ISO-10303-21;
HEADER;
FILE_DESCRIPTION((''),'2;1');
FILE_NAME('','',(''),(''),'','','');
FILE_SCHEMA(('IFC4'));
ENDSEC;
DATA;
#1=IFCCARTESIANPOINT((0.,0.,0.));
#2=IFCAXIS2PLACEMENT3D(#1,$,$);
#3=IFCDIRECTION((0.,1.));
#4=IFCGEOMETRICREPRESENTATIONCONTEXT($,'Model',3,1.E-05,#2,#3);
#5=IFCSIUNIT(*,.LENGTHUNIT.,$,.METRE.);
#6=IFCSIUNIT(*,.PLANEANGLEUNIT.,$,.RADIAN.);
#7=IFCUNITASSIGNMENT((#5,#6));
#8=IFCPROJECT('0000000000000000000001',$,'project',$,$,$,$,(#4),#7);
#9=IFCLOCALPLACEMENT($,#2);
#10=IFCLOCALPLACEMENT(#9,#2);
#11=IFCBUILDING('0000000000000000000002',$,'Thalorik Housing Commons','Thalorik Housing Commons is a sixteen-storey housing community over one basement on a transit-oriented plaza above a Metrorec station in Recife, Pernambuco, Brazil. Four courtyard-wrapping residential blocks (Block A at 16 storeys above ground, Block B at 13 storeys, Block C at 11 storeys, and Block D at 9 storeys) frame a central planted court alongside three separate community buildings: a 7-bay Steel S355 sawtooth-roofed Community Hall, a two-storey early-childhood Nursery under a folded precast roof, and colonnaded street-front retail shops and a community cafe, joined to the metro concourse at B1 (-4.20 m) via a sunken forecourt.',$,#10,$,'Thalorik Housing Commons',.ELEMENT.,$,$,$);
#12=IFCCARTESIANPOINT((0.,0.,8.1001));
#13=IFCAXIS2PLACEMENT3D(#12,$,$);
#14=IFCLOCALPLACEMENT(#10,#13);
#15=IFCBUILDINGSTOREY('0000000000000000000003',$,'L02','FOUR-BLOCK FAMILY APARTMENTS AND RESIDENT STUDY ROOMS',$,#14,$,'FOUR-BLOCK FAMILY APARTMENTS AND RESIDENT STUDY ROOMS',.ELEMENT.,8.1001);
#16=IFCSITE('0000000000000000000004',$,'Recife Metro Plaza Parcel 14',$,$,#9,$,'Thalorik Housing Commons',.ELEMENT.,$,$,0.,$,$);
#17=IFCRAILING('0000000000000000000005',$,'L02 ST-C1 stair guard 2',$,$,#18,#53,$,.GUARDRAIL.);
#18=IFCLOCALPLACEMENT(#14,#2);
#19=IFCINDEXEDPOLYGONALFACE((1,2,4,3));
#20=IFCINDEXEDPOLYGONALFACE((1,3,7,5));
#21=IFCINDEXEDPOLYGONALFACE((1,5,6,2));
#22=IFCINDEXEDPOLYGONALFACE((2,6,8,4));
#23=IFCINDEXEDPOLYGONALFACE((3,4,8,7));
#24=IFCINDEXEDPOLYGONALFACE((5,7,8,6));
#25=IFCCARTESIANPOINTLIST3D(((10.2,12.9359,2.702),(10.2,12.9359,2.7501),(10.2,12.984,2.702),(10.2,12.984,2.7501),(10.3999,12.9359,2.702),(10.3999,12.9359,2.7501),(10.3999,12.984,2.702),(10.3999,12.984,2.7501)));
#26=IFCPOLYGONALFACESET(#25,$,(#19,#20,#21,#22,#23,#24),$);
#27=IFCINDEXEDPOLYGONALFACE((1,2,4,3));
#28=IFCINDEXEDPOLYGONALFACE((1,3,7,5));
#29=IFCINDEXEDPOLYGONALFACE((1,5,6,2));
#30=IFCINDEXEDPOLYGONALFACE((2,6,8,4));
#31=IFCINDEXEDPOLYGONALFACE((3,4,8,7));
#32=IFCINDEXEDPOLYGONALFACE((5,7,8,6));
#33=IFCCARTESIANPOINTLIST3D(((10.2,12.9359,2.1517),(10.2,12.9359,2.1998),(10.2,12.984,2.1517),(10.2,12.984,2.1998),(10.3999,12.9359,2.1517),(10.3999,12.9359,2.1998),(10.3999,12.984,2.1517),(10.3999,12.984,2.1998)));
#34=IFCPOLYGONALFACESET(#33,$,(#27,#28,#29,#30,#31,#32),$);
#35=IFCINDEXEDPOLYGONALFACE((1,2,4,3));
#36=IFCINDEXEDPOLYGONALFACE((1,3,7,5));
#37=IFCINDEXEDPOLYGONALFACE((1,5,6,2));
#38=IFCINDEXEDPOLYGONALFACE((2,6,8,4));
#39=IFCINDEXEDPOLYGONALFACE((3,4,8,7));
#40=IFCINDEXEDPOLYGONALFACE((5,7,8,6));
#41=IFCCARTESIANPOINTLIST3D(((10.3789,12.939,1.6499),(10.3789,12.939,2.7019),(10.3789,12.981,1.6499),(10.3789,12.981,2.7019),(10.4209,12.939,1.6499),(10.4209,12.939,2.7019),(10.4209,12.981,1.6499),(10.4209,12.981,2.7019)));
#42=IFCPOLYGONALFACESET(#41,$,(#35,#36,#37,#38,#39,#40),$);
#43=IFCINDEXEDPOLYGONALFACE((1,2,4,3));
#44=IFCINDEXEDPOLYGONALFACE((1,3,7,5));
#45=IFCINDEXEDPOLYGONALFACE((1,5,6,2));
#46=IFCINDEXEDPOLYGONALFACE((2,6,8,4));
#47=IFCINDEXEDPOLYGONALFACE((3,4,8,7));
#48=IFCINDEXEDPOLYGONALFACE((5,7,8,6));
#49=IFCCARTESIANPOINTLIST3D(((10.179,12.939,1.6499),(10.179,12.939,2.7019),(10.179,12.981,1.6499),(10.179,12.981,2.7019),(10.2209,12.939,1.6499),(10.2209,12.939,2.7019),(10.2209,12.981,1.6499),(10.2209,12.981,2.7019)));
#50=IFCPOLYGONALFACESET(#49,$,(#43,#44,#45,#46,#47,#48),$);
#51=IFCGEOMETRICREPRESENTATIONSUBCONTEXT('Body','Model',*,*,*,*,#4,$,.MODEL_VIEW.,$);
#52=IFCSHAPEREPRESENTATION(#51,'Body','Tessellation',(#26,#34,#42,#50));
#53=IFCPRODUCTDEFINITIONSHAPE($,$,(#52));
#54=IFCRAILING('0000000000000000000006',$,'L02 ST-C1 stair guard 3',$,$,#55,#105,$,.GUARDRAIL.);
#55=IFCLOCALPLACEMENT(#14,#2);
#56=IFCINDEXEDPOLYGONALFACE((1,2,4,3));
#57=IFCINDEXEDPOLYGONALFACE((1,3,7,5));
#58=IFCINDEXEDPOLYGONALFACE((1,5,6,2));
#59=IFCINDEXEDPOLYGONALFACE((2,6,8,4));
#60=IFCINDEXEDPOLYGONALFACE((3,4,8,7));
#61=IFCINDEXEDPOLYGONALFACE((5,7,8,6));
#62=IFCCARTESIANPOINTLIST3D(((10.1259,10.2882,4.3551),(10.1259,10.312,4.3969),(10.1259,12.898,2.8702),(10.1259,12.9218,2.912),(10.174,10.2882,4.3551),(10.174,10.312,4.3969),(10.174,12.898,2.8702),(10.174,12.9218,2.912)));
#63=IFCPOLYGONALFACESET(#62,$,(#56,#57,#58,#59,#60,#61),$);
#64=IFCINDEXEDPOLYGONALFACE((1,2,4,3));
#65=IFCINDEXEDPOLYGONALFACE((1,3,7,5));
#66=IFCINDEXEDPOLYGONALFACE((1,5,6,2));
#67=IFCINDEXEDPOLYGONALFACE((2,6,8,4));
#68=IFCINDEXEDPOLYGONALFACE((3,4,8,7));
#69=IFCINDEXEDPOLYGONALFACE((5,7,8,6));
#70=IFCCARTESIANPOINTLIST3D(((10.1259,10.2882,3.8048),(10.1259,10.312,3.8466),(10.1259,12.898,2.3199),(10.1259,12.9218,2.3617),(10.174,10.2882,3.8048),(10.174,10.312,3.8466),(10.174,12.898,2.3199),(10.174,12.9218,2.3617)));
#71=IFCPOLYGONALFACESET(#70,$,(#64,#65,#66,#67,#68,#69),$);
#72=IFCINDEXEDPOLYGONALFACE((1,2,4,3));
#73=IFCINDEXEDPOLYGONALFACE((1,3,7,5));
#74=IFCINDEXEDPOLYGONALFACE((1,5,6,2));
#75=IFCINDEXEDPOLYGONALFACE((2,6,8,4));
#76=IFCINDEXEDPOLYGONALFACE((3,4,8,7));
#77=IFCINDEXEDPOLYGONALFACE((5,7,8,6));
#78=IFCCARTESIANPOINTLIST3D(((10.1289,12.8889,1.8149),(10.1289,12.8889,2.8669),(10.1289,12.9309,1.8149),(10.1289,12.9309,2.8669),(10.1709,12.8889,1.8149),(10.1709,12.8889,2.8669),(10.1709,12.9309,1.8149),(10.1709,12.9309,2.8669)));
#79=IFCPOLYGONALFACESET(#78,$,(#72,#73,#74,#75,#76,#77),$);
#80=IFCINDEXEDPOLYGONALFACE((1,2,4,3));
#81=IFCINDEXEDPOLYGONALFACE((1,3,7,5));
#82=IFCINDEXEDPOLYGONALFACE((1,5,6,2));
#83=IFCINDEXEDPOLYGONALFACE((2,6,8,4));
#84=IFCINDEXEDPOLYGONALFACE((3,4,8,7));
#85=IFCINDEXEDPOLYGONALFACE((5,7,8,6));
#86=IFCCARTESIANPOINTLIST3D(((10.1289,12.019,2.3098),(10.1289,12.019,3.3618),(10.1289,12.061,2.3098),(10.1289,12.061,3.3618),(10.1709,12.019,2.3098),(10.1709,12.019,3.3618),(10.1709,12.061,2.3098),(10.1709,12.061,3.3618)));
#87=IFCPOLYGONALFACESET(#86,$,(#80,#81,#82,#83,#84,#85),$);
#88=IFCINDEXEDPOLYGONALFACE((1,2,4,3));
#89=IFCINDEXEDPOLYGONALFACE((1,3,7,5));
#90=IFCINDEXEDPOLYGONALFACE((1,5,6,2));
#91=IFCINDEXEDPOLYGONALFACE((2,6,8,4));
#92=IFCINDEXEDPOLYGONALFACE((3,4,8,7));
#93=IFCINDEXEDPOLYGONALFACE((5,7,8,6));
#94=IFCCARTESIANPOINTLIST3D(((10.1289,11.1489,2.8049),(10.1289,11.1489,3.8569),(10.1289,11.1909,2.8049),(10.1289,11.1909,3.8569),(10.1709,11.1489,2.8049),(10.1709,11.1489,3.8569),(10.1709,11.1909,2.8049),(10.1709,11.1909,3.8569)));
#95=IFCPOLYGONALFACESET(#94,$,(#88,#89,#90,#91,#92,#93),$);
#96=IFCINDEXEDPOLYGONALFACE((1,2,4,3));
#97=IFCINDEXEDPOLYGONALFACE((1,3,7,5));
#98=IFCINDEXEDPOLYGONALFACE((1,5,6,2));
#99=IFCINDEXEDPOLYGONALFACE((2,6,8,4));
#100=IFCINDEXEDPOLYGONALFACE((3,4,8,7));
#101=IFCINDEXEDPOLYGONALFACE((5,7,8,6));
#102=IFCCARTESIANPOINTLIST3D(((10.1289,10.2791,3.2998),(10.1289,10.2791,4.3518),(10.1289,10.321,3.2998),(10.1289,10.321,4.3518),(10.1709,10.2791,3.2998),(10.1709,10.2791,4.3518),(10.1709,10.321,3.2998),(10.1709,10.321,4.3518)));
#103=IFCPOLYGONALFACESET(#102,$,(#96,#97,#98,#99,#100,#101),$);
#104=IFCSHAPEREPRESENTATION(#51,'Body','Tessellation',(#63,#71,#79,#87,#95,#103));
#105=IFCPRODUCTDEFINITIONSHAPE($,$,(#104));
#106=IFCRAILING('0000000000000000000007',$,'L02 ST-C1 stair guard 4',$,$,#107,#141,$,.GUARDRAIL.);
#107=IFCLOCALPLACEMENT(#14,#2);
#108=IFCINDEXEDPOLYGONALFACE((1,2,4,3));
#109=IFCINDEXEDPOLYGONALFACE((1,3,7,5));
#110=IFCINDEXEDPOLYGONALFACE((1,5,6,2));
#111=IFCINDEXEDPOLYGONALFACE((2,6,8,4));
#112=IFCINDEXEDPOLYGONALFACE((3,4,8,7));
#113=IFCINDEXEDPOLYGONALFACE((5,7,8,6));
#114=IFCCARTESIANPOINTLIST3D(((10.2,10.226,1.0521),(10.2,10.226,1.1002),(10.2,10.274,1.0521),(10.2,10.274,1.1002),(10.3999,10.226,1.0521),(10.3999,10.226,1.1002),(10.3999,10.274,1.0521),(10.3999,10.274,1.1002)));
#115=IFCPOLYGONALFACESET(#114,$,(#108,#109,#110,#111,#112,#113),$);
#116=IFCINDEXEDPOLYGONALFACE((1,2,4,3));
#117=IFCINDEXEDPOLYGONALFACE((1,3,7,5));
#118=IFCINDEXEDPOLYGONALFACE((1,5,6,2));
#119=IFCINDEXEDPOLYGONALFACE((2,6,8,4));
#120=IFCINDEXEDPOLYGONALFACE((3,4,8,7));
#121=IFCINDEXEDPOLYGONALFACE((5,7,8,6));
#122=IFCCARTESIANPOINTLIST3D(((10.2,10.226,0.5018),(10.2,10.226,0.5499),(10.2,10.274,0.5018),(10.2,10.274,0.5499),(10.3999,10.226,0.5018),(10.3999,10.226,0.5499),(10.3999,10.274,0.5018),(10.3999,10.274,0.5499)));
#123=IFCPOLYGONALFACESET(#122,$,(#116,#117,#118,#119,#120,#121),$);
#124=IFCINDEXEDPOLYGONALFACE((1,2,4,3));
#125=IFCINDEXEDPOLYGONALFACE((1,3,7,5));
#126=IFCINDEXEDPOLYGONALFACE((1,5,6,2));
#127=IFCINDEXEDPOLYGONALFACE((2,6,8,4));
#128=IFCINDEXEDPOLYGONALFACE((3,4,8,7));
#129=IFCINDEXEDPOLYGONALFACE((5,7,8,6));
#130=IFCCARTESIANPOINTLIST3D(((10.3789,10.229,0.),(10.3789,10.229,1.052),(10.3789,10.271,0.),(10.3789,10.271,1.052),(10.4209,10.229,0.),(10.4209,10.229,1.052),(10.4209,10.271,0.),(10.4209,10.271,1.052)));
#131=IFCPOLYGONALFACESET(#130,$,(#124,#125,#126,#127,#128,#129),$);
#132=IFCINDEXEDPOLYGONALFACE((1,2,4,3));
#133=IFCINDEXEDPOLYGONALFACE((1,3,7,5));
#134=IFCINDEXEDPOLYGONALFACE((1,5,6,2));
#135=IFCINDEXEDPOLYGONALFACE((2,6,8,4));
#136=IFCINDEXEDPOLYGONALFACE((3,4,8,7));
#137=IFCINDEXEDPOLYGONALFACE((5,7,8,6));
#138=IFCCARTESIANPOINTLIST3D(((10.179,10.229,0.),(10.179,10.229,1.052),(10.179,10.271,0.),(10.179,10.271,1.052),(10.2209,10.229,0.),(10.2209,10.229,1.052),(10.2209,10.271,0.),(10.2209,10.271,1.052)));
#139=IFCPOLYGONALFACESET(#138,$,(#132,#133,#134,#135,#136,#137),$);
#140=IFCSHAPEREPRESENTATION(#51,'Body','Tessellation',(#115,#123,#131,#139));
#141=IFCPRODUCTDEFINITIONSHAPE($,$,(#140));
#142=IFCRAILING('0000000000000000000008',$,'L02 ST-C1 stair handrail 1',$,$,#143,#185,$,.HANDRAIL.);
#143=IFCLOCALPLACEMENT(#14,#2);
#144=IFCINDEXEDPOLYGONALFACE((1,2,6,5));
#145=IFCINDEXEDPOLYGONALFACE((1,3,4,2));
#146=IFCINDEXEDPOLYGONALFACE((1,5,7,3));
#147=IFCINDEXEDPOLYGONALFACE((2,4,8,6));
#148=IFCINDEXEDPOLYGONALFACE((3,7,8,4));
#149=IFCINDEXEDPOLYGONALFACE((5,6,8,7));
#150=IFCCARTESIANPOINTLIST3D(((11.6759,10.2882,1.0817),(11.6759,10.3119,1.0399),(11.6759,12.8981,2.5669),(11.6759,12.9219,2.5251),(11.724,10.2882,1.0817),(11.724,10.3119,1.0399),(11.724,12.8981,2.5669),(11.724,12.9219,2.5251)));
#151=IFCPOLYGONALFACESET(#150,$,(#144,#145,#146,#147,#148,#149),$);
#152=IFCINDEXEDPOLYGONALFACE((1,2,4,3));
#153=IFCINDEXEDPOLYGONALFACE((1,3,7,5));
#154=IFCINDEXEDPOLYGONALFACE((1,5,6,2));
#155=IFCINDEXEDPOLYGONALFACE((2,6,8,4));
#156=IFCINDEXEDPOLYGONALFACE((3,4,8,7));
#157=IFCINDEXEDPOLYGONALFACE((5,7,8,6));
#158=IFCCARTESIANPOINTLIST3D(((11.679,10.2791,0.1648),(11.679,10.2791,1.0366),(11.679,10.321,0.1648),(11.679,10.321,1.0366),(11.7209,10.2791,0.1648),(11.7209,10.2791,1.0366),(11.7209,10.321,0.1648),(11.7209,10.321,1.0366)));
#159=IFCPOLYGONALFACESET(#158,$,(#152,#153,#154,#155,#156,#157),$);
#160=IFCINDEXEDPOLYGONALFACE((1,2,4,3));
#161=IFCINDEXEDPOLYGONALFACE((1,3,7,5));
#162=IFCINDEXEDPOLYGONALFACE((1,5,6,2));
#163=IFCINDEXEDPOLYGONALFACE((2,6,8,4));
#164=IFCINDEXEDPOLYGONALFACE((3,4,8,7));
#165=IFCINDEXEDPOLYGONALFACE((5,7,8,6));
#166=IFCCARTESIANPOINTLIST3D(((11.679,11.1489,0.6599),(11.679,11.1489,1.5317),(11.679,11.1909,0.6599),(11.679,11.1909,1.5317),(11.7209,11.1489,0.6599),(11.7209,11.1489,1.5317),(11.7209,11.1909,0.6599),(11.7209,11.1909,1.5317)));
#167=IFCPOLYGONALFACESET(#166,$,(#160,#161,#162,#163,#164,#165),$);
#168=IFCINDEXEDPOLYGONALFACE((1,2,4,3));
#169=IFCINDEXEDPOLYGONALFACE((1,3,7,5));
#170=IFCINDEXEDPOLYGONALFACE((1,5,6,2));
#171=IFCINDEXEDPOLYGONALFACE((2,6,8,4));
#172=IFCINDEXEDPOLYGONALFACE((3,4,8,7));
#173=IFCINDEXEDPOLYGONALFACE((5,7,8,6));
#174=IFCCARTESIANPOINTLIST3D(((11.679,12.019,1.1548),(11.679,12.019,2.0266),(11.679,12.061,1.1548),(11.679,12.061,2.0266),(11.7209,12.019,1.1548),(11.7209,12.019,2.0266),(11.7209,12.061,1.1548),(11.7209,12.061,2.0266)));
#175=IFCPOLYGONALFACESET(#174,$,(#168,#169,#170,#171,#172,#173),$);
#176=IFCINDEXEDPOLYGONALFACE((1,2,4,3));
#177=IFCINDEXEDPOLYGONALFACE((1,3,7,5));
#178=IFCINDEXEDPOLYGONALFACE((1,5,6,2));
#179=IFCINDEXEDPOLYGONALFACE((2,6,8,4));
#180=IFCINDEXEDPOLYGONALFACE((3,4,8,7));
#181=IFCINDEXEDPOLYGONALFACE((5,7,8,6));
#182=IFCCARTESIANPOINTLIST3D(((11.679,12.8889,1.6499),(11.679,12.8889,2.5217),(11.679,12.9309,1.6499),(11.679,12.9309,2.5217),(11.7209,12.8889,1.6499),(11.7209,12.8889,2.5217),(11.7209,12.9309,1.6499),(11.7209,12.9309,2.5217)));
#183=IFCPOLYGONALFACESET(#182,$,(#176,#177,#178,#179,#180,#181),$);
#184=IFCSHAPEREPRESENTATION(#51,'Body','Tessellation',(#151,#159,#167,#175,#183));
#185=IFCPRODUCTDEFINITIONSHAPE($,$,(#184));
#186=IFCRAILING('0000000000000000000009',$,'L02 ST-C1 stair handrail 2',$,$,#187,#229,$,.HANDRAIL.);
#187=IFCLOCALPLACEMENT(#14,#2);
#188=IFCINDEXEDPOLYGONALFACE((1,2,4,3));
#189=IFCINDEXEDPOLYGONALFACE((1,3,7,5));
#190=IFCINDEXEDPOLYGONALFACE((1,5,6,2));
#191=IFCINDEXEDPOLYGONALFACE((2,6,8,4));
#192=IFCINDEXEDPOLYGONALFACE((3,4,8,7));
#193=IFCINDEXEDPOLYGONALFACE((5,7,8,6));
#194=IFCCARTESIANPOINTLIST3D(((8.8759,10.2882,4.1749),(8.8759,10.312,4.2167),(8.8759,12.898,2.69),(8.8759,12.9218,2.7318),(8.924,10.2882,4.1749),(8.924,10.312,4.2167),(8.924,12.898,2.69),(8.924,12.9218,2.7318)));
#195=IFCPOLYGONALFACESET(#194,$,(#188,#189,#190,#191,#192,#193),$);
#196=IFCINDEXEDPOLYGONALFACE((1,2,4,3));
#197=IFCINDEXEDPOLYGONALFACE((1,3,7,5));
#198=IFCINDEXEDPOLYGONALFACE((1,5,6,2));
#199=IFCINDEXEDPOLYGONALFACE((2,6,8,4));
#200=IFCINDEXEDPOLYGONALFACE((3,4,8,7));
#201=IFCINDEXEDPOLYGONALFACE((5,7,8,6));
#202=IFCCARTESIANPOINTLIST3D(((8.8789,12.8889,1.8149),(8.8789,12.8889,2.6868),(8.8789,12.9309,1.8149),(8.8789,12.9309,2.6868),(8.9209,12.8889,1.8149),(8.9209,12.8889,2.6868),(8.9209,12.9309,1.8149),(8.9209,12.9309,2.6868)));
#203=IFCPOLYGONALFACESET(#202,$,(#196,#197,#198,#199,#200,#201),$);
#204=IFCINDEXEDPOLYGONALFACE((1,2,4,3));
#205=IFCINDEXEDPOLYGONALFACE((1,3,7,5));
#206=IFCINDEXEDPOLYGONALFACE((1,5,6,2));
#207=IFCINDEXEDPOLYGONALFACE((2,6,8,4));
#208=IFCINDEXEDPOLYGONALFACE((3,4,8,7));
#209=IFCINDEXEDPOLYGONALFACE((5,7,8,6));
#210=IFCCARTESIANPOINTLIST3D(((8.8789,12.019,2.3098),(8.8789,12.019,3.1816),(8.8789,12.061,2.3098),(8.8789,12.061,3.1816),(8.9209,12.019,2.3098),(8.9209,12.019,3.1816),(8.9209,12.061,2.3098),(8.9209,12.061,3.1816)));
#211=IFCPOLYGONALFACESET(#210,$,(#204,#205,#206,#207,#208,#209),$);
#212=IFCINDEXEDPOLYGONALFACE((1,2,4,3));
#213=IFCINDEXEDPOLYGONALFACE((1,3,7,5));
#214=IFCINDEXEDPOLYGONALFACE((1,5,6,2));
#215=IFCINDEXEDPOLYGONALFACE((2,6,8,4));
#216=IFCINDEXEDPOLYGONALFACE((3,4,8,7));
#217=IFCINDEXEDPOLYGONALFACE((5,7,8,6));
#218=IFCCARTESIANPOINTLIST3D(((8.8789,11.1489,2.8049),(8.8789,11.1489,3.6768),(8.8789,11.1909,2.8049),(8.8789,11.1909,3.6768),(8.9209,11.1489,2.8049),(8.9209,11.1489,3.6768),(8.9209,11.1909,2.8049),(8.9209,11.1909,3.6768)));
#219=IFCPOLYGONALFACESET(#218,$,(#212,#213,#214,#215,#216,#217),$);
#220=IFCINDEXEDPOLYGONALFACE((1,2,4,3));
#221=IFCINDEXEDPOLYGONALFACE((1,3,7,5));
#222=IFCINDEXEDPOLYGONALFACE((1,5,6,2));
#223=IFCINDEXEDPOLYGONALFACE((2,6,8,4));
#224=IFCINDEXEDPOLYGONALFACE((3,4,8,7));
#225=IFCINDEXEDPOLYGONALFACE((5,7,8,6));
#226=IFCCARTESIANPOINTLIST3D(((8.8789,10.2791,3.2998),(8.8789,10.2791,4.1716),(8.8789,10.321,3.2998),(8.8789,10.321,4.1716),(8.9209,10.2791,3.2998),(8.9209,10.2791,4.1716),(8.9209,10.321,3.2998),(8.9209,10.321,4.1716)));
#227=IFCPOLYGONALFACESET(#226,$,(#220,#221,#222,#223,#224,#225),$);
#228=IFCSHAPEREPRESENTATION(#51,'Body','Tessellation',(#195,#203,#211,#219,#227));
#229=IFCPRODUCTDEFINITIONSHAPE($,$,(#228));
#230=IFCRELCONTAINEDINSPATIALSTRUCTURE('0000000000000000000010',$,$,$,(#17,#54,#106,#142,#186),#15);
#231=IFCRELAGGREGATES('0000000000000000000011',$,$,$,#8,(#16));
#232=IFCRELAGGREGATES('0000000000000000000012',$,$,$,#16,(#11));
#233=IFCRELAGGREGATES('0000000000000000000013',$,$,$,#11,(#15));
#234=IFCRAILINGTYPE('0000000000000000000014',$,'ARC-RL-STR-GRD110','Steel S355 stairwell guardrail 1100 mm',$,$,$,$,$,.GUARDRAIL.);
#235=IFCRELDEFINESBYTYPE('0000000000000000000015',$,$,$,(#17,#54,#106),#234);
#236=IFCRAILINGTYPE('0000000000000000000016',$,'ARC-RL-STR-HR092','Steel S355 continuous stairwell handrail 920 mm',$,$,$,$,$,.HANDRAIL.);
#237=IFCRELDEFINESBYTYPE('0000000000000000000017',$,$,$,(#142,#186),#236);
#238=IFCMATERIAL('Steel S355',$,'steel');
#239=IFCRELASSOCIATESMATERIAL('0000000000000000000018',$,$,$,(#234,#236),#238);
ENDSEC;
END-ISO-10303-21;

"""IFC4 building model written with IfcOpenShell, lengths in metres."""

from ifc_helpers import new_model, si_unit, direction, frame, origin, origin_2d, place, context, subcontext, project, spatial, rectangle, extrude, material, type_object, element, save


model = new_model("IFC4")

# Units and contexts
model_context = context("Model", 3, precision=1e-05, world=origin(), true_north=direction((0.0, 1.0)))
body_context = subcontext(model_context, "Body", "Model", "MODEL_VIEW")
ifc_project = project(units=[si_unit("LENGTHUNIT", "METRE"), si_unit("PLANEANGLEUNIT", "RADIAN")], contexts=[model_context])

# Site, building, storey
site_placement = place(None, origin())
site = spatial("IfcSite", under=ifc_project, at=site_placement, Name="Recife Metro Plaza Parcel 14", LongName="Thalorik Housing Commons", CompositionType="ELEMENT", RefElevation=0.0)
building_placement = place(site_placement, origin())
building = spatial("IfcBuilding", under=site, at=building_placement, Name="Thalorik Housing Commons", Description="Thalorik Housing Commons is a sixteen-storey housing community over one basement on a transit-oriented plaza above a Metrorec station in Recife, Pernambuco, Brazil. Four courtyard-wrapping residential blocks (Block A at 16 storeys above ground, Block B at 13 storeys, Block C at 11 storeys, and Block D at 9 storeys) frame a central planted court alongside three separate community buildings: a 7-bay Steel S355 sawtooth-roofed Community Hall, a two-storey early-childhood Nursery under a folded precast roof, and colonnaded street-front retail shops and a community cafe, joined to the metro concourse at B1 (-4.20 m) via a sunken forecourt.", LongName="Thalorik Housing Commons", CompositionType="ELEMENT")
storey_placement = place(building_placement, frame((0.0, 0.0, 8.1001)))
storey = spatial("IfcBuildingStorey", under=building, at=storey_placement, Name="L02", Description="FOUR-BLOCK FAMILY APARTMENTS AND RESIDENT STUDY ROOMS", LongName="FOUR-BLOCK FAMILY APARTMENTS AND RESIDENT STUDY ROOMS", CompositionType="ELEMENT", Elevation=8.1001)

# Shared definitions
ifc_material_1 = material(Name="Steel S355", Category="steel")

# Railings
railing_type_1 = type_object("IfcRailingType", Name="ARC-RL-STR-GRD110", Description="Steel S355 stairwell guardrail 1100 mm", PredefinedType="GUARDRAIL", material=ifc_material_1)
railing_1_placement = place(storey_placement, frame((10.3999, 12.96, 1.6499)))
element("IfcRailing", 1, at=railing_1_placement, inside=storey, type_object=railing_type_1, Name="L02 ST-C1 stair guard 2", PredefinedType="GUARDRAIL", context=body_context, shape_type="SweptSolid", body=[
    extrude(rectangle(XDim=0.0481, YDim=0.0481, at=origin_2d()), frame((0.0, 0.0, 1.0762), z_axis=(-1.0, 0.0, 0.0), x_axis=(0.0, -1.0, 0.0)), (0.0, 0.0, 1.0), 0.2),
    extrude(rectangle(XDim=0.0481, YDim=0.0481, at=origin_2d()), frame((0.0, 0.0, 0.5259), z_axis=(-1.0, 0.0, 0.0), x_axis=(0.0, -1.0, 0.0)), (0.0, 0.0, 1.0), 0.2),
    extrude(rectangle(XDim=0.042, YDim=0.042, at=origin_2d()), origin(), (0.0, 0.0, 1.0), 1.052),
    extrude(rectangle(XDim=0.042, YDim=0.042, at=origin_2d()), frame((-0.2, 0.0, 0.0)), (0.0, 0.0, 1.0), 1.052),
])
railing_2_placement = place(storey_placement, frame((10.1499, 12.9099, 1.8149)))
element("IfcRailing", 2, at=railing_2_placement, inside=storey, type_object=railing_type_1, Name="L02 ST-C1 stair guard 3", PredefinedType="GUARDRAIL", context=body_context, shape_type="SweptSolid", body=[
    extrude(rectangle(XDim=0.0481, YDim=0.0481, at=origin_2d()), frame((0.0, 0.0, 1.0762), z_axis=(0.0, -0.869172, 0.494509), x_axis=(1.0, 0.0, 0.0)), (0.0, 0.0, 1.0), 3.0027),
    extrude(rectangle(XDim=0.0481, YDim=0.0481, at=origin_2d()), frame((0.0, 0.0, 0.5259), z_axis=(0.0, -0.869172, 0.494509), x_axis=(1.0, 0.0, 0.0)), (0.0, 0.0, 1.0), 3.0027),
    extrude(rectangle(XDim=0.042, YDim=0.042, at=origin_2d()), origin(), (0.0, 0.0, 1.0), 1.052),
    extrude(rectangle(XDim=0.042, YDim=0.042, at=origin_2d()), frame((0.0, -0.8699, 0.4949)), (0.0, 0.0, 1.0), 1.052),
    extrude(rectangle(XDim=0.042, YDim=0.042, at=origin_2d()), frame((0.0, -1.74, 0.99)), (0.0, 0.0, 1.0), 1.052),
    extrude(rectangle(XDim=0.042, YDim=0.042, at=origin_2d()), frame((0.0, -2.6099, 1.4849)), (0.0, 0.0, 1.0), 1.052),
])
railing_3_placement = place(storey_placement, frame((10.3999, 10.25, 0.0)))
element("IfcRailing", 3, at=railing_3_placement, inside=storey, type_object=railing_type_1, Name="L02 ST-C1 stair guard 4", PredefinedType="GUARDRAIL", context=body_context, shape_type="SweptSolid", body=[
    extrude(rectangle(XDim=0.0481, YDim=0.0481, at=origin_2d()), frame((0.0, 0.0, 1.0762), z_axis=(-1.0, 0.0, 0.0), x_axis=(0.0, -1.0, 0.0)), (0.0, 0.0, 1.0), 0.2),
    extrude(rectangle(XDim=0.0481, YDim=0.0481, at=origin_2d()), frame((0.0, 0.0, 0.5259), z_axis=(-1.0, 0.0, 0.0), x_axis=(0.0, -1.0, 0.0)), (0.0, 0.0, 1.0), 0.2),
    extrude(rectangle(XDim=0.042, YDim=0.042, at=origin_2d()), origin(), (0.0, 0.0, 1.0), 1.052),
    extrude(rectangle(XDim=0.042, YDim=0.042, at=origin_2d()), frame((-0.2, 0.0, 0.0)), (0.0, 0.0, 1.0), 1.052),
])
railing_type_2 = type_object("IfcRailingType", Name="ARC-RL-STR-HR092", Description="Steel S355 continuous stairwell handrail 920 mm", PredefinedType="HANDRAIL", material=ifc_material_1)
railing_4_placement = place(storey_placement, frame((11.7, 10.3, 0.1648)))
element("IfcRailing", 4, at=railing_4_placement, inside=storey, type_object=railing_type_2, Name="L02 ST-C1 stair handrail 1", PredefinedType="HANDRAIL", context=body_context, shape_type="SweptSolid", body=[
    extrude(rectangle(XDim=0.0481, YDim=0.0481, at=origin_2d()), frame((0.0, 0.0, 0.896), z_axis=(0.0, 0.869137, 0.494571), x_axis=(-1.0, 0.0, 0.0)), (0.0, 0.0, 1.0), 3.0029),
    extrude(rectangle(XDim=0.042, YDim=0.042, at=origin_2d()), origin(), (0.0, 0.0, 1.0), 0.8718),
    extrude(rectangle(XDim=0.042, YDim=0.042, at=origin_2d()), frame((0.0, 0.8699, 0.4951)), (0.0, 0.0, 1.0), 0.8718),
    extrude(rectangle(XDim=0.042, YDim=0.042, at=origin_2d()), frame((0.0, 1.74, 0.99)), (0.0, 0.0, 1.0), 0.8718),
    extrude(rectangle(XDim=0.042, YDim=0.042, at=origin_2d()), frame((0.0, 2.6099, 1.4851)), (0.0, 0.0, 1.0), 0.8718),
])
railing_5_placement = place(storey_placement, frame((8.8999, 12.9099, 1.8149)))
element("IfcRailing", 5, at=railing_5_placement, inside=storey, type_object=railing_type_2, Name="L02 ST-C1 stair handrail 2", PredefinedType="HANDRAIL", context=body_context, shape_type="SweptSolid", body=[
    extrude(rectangle(XDim=0.0481, YDim=0.0481, at=origin_2d()), frame((0.0, 0.0, 0.896), z_axis=(0.0, -0.869172, 0.494509), x_axis=(1.0, 0.0, 0.0)), (0.0, 0.0, 1.0), 3.0027),
    extrude(rectangle(XDim=0.042, YDim=0.042, at=origin_2d()), origin(), (0.0, 0.0, 1.0), 0.8718),
    extrude(rectangle(XDim=0.042, YDim=0.042, at=origin_2d()), frame((0.0, -0.8699, 0.4949)), (0.0, 0.0, 1.0), 0.8718),
    extrude(rectangle(XDim=0.042, YDim=0.042, at=origin_2d()), frame((0.0, -1.74, 0.99)), (0.0, 0.0, 1.0), 0.8718),
    extrude(rectangle(XDim=0.042, YDim=0.042, at=origin_2d()), frame((0.0, -2.6099, 1.4849)), (0.0, 0.0, 1.0), 0.8718),
])

save(model, "model.ifc")
